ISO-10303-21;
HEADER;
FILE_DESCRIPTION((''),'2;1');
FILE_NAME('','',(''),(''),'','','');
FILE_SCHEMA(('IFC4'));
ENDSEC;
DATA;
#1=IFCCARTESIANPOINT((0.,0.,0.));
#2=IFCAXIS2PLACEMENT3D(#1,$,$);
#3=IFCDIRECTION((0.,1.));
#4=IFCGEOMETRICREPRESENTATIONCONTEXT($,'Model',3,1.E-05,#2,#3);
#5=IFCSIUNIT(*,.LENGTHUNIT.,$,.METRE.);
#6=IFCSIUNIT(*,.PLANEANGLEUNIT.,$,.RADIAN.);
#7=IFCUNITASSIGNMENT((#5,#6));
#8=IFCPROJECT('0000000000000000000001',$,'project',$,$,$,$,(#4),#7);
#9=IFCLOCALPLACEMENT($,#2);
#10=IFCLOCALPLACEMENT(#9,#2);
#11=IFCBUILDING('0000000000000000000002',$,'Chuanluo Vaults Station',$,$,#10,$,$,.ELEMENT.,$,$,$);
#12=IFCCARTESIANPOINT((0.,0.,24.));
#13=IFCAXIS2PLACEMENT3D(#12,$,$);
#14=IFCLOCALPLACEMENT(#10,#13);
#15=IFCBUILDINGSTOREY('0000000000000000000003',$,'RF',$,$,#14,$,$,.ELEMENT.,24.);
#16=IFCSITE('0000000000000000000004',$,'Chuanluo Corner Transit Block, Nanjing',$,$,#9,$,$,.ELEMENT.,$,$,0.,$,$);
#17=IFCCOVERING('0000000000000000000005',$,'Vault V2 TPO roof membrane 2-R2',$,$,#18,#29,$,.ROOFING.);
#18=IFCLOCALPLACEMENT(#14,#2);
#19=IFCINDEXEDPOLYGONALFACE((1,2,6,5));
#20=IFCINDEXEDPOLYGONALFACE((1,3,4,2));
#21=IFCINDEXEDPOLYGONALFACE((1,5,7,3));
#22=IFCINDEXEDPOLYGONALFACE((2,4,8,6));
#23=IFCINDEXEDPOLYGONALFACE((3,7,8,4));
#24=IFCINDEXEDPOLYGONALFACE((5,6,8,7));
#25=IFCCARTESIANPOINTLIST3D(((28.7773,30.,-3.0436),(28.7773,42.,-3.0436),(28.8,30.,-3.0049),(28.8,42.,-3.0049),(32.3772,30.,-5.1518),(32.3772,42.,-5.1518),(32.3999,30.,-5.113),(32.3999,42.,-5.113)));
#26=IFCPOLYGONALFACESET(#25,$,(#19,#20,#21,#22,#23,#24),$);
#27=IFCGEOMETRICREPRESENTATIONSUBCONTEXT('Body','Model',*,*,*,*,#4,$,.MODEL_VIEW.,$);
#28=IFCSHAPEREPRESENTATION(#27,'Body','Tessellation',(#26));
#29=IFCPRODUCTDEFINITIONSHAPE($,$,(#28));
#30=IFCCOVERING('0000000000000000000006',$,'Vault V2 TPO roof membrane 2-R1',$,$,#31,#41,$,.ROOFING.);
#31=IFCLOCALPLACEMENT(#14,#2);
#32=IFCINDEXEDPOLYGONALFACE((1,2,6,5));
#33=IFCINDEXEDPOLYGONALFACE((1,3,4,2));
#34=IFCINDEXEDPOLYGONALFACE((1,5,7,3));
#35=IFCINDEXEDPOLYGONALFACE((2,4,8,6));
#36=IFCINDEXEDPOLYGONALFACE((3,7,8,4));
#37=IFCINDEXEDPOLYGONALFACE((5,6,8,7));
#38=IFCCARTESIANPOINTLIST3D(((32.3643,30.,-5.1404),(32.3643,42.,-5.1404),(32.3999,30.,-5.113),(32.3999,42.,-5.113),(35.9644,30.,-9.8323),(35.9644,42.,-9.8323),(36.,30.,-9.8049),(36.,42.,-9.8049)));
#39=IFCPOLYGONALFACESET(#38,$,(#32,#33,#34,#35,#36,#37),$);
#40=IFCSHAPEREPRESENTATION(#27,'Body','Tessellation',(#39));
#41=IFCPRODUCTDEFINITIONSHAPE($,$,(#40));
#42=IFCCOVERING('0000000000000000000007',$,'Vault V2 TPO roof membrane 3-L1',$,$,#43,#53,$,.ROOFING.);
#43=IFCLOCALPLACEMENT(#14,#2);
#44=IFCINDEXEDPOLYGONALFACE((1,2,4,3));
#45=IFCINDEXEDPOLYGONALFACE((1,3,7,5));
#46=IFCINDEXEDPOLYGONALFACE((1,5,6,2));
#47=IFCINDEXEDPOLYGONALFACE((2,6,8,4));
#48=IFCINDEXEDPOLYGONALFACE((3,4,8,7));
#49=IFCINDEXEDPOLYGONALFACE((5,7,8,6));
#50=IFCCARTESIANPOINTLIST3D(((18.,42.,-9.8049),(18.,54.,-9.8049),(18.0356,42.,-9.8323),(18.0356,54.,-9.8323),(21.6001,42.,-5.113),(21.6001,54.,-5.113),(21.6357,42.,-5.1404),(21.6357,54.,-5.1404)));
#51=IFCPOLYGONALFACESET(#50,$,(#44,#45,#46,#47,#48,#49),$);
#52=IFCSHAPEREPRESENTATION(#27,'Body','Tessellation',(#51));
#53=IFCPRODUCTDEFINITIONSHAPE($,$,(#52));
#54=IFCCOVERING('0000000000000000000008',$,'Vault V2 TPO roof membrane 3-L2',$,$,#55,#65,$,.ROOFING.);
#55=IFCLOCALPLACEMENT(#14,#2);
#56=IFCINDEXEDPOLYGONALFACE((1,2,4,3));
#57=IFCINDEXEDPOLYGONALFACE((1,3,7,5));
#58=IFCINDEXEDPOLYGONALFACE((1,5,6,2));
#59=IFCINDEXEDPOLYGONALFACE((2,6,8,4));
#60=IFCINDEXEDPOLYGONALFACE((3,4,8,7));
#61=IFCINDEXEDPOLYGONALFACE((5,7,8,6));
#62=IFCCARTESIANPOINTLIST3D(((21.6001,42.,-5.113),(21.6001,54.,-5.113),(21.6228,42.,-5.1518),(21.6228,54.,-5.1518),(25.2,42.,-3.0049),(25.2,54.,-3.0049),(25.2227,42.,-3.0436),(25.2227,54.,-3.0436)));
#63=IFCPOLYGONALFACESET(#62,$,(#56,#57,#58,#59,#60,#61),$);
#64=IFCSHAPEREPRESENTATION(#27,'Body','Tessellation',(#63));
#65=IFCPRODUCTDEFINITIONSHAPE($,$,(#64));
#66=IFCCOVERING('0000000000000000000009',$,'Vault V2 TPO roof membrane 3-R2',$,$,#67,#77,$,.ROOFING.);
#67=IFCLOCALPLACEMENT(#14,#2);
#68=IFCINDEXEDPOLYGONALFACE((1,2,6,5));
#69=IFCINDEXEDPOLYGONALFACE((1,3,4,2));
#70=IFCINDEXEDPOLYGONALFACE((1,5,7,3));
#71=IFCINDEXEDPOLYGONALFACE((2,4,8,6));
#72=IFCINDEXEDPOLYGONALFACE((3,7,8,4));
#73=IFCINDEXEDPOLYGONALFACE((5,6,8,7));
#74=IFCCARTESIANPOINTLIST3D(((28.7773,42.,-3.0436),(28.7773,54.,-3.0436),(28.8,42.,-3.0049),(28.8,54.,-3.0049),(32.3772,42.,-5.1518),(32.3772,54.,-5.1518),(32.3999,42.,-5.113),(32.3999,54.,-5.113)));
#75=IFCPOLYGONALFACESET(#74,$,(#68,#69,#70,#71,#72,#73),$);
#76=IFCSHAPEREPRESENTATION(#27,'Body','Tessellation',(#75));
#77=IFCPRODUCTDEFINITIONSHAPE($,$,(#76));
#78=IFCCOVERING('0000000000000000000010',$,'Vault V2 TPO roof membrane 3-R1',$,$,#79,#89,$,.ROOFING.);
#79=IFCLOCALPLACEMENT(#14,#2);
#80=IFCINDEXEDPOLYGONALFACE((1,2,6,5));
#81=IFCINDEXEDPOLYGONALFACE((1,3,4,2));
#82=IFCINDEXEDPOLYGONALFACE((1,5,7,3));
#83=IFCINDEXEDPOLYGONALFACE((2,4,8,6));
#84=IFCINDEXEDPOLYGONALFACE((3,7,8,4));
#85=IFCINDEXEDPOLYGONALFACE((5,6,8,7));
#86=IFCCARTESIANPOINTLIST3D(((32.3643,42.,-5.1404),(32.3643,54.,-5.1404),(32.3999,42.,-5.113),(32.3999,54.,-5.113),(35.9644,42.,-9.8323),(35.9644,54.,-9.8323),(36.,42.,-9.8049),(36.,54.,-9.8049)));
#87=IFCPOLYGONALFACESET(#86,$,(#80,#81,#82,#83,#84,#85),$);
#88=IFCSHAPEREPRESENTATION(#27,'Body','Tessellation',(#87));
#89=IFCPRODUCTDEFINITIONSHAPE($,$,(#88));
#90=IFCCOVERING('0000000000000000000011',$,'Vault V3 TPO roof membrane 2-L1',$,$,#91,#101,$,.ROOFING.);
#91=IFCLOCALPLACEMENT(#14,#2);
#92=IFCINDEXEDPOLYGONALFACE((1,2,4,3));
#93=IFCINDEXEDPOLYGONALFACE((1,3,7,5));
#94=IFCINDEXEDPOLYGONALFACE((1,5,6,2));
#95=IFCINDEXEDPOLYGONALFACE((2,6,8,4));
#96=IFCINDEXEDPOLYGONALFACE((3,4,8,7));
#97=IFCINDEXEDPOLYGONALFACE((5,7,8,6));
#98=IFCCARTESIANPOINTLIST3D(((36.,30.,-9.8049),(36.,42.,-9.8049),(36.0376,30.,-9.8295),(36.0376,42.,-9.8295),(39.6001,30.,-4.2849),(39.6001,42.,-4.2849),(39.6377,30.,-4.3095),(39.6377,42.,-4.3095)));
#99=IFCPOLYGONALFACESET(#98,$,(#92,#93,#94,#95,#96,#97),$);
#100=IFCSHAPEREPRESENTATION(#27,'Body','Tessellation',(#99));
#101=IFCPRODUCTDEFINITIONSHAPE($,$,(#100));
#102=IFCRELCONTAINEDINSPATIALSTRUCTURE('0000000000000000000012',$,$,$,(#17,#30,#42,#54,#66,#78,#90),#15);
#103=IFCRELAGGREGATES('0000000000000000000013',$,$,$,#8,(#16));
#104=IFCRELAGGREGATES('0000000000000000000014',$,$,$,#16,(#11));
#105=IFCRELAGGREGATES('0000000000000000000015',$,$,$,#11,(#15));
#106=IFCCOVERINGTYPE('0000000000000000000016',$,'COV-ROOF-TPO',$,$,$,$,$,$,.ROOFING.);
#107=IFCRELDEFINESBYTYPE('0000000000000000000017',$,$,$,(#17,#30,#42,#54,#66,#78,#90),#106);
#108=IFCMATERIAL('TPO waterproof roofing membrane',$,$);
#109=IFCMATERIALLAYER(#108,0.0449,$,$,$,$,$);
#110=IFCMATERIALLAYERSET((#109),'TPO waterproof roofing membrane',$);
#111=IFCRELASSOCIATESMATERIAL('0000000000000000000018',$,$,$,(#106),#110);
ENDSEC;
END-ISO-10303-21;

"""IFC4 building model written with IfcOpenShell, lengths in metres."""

from ifc_helpers import new_model, si_unit, direction, frame, origin, place, context, subcontext, project, spatial, polyline, outline, extrude, material, layer, layer_set, type_object, element, save


model = new_model("IFC4")

# Units and contexts
model_context = context("Model", 3, precision=1e-05, world=origin(), true_north=direction((0.0, 1.0)))
body_context = subcontext(model_context, "Body", "Model", "MODEL_VIEW")
ifc_project = project(units=[si_unit("LENGTHUNIT", "METRE"), si_unit("PLANEANGLEUNIT", "RADIAN")], contexts=[model_context])

# Site, building, storey
site_placement = place(None, origin())
site = spatial("IfcSite", under=ifc_project, at=site_placement, Name="Chuanluo Corner Transit Block, Nanjing", CompositionType="ELEMENT", RefElevation=0.0)
building_placement = place(site_placement, origin())
building = spatial("IfcBuilding", under=site, at=building_placement, Name="Chuanluo Vaults Station", CompositionType="ELEMENT")
storey_placement = place(building_placement, frame((0.0, 0.0, 24.0)))
storey = spatial("IfcBuildingStorey", under=building, at=storey_placement, Name="RF", CompositionType="ELEMENT", Elevation=24.0)

# Coverings
ifc_material_1 = material(Name="TPO waterproof roofing membrane")
ifc_layer_1 = layer(ifc_material_1, 0.0449)
ifc_layer_set_1 = layer_set([ifc_layer_1], Name="TPO waterproof roofing membrane")
covering_type = type_object("IfcCoveringType", Name="COV-ROOF-TPO", PredefinedType="ROOFING", material=ifc_layer_set_1)
for number, where, z_axis, x_axis, name in (
    (1, (28.8, 30.0, -3.0049), (0.505344, 0.0, 0.862918), (0.862918, 0.0, -0.505344), "Vault V2 TPO roof membrane 2-R2"),
):
    element("IfcCovering", number, at=place(storey_placement, frame(where, z_axis=z_axis, x_axis=x_axis)), inside=storey, type_object=covering_type, Name=name, PredefinedType="ROOFING", context=body_context, shape_type="SweptSolid", body=[
        extrude(outline(polyline([(0.0, 0.0), (4.1717, 0.0), (4.1717, 12.0), (0.0, 12.0), (0.0, 0.0)])), origin(), (0.0, 0.0, -1.0), 0.0449),
    ])
for number, where, z_axis, x_axis, name in (
    (2, (32.3999, 30.0, -5.113), (0.793363, 0.0, 0.608749), (0.608749, 0.0, -0.793363), "Vault V2 TPO roof membrane 2-R1"),
    (3, (18.0, 42.0, -9.8049), (-0.793363, 0.0, 0.608749), (0.608749, 0.0, 0.793363), "Vault V2 TPO roof membrane 3-L1"),
):
    element("IfcCovering", number, at=place(storey_placement, frame(where, z_axis=z_axis, x_axis=x_axis)), inside=storey, type_object=covering_type, Name=name, PredefinedType="ROOFING", context=body_context, shape_type="SweptSolid", body=[
        extrude(outline(polyline([(0.0, 0.0), (5.9139, 0.0), (5.9139, 12.0), (0.0, 12.0), (0.0, 0.0)])), origin(), (0.0, 0.0, -1.0), 0.0449),
    ])
for number, where, z_axis, x_axis, name in (
    (4, (21.6001, 42.0, -5.113), (-0.505344, 0.0, 0.862918), (0.862918, 0.0, 0.505344), "Vault V2 TPO roof membrane 3-L2"),
    (5, (28.8, 42.0, -3.0049), (0.505344, 0.0, 0.862918), (0.862918, 0.0, -0.505344), "Vault V2 TPO roof membrane 3-R2"),
):
    element("IfcCovering", number, at=place(storey_placement, frame(where, z_axis=z_axis, x_axis=x_axis)), inside=storey, type_object=covering_type, Name=name, PredefinedType="ROOFING", context=body_context, shape_type="SweptSolid", body=[
        extrude(outline(polyline([(0.0, 0.0), (4.1717, 0.0), (4.1717, 12.0), (0.0, 12.0), (0.0, 0.0)])), origin(), (0.0, 0.0, -1.0), 0.0449),
    ])
covering_1_placement = place(storey_placement, frame((32.3999, 42.0, -5.113), z_axis=(0.793363, 0.0, 0.608749), x_axis=(0.608749, 0.0, -0.793363)))
element("IfcCovering", 6, at=covering_1_placement, inside=storey, type_object=covering_type, Name="Vault V2 TPO roof membrane 3-R1", PredefinedType="ROOFING", context=body_context, shape_type="SweptSolid", body=[
    extrude(outline(polyline([(0.0, 0.0), (5.9139, 0.0), (5.9139, 12.0), (0.0, 12.0), (0.0, 0.0)])), origin(), (0.0, 0.0, -1.0), 0.0449),
])
covering_2_placement = place(storey_placement, frame((36.0, 30.0, -9.8049), z_axis=(-0.837605, 0.0, 0.546277), x_axis=(0.546277, 0.0, 0.837605)))
element("IfcCovering", 7, at=covering_2_placement, inside=storey, type_object=covering_type, Name="Vault V3 TPO roof membrane 2-L1", PredefinedType="ROOFING", context=body_context, shape_type="SweptSolid", body=[
    extrude(outline(polyline([(0.0, 0.0), (6.5902, 0.0), (6.5902, 12.0), (0.0, 12.0), (0.0, 0.0)])), origin(), (0.0, 0.0, -1.0), 0.0449),
])

save(model, "model.ifc")
